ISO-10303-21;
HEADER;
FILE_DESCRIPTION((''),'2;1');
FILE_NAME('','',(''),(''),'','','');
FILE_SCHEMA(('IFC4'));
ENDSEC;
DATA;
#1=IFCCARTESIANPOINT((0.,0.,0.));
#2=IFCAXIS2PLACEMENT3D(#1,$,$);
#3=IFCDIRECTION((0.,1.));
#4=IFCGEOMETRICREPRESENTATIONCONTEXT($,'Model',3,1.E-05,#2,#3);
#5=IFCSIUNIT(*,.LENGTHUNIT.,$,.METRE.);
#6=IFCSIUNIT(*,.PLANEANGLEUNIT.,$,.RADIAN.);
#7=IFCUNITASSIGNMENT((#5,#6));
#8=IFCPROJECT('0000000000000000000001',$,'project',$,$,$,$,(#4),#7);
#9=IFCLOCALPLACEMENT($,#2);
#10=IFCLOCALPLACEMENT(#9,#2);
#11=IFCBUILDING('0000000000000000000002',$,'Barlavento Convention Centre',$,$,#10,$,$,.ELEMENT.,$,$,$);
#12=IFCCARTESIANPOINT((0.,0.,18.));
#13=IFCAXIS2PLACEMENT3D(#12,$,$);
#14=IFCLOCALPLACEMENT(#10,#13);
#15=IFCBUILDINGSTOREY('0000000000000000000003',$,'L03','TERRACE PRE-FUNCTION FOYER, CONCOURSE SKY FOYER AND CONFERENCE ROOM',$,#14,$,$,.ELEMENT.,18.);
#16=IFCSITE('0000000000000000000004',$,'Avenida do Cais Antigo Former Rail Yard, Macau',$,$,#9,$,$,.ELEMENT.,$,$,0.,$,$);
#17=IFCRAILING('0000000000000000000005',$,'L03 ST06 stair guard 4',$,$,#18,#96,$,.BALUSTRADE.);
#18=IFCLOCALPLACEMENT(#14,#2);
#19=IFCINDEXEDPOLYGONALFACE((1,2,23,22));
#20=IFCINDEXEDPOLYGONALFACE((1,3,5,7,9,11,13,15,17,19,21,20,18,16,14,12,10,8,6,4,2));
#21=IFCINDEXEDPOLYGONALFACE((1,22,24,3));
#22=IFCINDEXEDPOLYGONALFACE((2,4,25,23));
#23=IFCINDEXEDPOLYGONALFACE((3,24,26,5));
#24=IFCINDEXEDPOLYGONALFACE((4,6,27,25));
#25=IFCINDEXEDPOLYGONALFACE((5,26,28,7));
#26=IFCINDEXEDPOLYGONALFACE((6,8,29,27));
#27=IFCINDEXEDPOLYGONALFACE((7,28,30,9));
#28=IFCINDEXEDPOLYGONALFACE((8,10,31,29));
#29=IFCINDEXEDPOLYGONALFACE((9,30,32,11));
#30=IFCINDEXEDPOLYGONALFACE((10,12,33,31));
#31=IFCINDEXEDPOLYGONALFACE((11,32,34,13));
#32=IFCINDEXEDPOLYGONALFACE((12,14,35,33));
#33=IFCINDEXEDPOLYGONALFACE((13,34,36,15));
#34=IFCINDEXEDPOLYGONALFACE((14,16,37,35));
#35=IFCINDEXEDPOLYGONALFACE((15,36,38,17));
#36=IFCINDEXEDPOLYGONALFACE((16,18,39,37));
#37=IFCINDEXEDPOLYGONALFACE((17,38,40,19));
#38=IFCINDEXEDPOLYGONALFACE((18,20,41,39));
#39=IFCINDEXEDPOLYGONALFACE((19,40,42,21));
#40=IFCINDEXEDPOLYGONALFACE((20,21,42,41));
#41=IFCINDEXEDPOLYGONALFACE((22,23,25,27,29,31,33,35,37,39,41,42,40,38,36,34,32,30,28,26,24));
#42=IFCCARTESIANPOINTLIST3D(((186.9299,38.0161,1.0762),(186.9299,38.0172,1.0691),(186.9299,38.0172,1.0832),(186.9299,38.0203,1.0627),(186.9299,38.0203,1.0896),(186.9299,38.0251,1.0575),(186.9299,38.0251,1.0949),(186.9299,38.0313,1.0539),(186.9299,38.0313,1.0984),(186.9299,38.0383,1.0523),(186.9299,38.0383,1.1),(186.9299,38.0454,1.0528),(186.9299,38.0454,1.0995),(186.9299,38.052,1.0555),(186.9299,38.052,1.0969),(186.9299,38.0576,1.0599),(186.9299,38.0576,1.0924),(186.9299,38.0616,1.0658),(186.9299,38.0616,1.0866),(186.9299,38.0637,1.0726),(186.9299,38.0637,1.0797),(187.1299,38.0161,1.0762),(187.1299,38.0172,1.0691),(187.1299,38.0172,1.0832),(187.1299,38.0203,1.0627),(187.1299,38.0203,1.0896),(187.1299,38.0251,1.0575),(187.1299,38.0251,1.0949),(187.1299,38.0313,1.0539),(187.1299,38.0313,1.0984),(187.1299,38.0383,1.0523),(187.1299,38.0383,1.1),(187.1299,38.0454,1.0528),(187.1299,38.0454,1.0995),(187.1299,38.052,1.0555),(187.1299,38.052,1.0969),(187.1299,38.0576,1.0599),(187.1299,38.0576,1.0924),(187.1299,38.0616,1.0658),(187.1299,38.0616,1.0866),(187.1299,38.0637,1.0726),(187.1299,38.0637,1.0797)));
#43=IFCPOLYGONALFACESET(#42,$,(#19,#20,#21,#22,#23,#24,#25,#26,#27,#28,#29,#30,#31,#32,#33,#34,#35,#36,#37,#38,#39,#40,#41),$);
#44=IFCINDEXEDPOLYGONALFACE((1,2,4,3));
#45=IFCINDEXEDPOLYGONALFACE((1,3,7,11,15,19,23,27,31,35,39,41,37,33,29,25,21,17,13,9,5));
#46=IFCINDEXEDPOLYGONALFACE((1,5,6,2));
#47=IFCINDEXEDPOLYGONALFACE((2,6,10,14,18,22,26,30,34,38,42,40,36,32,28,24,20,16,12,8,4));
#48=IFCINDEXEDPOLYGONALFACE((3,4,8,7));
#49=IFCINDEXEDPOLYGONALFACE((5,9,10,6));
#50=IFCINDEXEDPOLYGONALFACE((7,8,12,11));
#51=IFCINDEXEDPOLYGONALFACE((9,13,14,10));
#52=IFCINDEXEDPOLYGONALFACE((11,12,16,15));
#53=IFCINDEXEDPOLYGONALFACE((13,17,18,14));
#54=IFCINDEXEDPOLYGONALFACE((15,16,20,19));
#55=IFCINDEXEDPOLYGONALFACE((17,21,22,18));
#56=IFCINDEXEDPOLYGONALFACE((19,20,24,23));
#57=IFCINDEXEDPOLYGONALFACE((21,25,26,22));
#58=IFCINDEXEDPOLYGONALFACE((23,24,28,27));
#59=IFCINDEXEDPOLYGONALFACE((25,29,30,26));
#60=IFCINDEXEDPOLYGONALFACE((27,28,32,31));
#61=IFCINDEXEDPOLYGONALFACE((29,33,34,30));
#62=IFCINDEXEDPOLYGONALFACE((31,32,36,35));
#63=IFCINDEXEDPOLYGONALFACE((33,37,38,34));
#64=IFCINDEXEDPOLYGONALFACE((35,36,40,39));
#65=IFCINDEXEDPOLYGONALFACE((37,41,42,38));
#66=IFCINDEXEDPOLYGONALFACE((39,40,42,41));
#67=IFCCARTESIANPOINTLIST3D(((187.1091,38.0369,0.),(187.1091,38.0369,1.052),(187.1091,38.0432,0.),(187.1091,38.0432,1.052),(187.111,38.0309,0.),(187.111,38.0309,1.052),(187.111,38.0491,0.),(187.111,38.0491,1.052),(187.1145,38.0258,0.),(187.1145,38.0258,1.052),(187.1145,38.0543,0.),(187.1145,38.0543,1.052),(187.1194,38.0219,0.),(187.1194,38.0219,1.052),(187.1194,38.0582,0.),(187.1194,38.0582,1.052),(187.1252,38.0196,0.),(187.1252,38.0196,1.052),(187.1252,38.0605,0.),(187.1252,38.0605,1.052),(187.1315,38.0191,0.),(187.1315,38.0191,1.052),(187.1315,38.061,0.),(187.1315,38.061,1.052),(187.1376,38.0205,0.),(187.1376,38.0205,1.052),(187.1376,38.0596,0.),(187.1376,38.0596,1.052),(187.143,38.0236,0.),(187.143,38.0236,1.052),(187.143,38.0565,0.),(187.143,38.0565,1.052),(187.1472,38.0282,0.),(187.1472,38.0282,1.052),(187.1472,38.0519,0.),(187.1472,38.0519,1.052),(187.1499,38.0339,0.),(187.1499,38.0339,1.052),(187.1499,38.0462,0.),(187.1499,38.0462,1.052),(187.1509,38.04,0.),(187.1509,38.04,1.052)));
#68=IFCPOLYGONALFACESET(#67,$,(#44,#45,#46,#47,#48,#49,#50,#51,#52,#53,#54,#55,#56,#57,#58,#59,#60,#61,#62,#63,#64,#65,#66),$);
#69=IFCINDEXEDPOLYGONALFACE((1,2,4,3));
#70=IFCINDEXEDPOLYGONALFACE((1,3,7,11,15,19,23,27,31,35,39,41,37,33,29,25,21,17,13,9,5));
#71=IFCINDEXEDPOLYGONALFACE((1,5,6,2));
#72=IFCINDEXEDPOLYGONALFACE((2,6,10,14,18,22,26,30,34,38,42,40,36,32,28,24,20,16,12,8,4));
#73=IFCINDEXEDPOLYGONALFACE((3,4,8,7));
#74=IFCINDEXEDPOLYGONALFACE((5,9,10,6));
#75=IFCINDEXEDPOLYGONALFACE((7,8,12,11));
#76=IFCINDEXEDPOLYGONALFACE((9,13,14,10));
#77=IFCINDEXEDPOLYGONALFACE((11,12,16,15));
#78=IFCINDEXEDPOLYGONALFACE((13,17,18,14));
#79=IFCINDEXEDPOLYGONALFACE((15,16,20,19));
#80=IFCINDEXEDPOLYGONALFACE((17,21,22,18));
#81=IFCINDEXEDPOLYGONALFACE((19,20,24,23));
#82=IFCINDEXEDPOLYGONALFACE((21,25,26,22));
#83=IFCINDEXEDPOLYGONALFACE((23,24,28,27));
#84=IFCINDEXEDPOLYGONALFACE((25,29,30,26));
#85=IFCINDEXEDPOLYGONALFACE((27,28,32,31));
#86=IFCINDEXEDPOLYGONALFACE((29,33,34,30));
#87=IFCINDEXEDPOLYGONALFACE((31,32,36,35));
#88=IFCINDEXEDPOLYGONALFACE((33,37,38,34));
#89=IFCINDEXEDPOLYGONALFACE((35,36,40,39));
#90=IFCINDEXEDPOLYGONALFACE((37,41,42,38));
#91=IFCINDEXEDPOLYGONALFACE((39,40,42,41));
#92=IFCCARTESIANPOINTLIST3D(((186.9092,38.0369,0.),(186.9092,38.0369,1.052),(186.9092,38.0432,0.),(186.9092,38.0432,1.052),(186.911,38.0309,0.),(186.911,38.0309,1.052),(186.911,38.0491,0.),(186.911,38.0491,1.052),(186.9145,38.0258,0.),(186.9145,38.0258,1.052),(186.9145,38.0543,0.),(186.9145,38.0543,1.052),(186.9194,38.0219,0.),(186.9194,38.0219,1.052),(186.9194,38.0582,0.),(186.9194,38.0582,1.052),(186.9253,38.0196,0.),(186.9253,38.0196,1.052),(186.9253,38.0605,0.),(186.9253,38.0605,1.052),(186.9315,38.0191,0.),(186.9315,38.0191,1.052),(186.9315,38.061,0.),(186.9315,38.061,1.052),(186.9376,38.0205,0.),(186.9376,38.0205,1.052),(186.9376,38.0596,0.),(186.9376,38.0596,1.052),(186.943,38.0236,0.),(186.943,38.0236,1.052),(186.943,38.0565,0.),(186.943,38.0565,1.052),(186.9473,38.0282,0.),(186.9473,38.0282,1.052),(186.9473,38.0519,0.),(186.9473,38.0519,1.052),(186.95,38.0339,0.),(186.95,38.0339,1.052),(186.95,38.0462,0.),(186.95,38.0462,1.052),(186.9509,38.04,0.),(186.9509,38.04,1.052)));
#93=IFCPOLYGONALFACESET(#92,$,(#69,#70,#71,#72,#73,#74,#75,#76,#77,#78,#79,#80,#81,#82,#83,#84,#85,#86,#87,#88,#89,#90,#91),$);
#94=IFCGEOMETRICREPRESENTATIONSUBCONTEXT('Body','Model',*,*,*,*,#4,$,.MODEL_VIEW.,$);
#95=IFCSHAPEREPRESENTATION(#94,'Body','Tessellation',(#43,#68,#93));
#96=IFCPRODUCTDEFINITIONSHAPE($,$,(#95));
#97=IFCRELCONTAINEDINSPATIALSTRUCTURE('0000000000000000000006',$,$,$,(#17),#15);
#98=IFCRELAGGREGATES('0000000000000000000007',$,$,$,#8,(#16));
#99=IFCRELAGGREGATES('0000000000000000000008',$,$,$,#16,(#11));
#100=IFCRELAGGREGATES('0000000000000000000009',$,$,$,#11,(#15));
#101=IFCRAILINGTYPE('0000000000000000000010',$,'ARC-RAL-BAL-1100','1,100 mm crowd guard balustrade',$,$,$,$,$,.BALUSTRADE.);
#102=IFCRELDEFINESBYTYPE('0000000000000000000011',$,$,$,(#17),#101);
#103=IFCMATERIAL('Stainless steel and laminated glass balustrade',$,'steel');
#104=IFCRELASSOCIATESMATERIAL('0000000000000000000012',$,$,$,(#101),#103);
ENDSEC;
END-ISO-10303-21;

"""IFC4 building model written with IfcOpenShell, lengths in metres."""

from ifc_helpers import new_model, si_unit, direction, frame, origin, origin_2d, place, context, subcontext, project, spatial, circle, extrude, material, type_object, element, save


model = new_model("IFC4")

# Units and contexts
model_context = context("Model", 3, precision=1e-05, world=origin(), true_north=direction((0.0, 1.0)))
body_context = subcontext(model_context, "Body", "Model", "MODEL_VIEW")
ifc_project = project(units=[si_unit("LENGTHUNIT", "METRE"), si_unit("PLANEANGLEUNIT", "RADIAN")], contexts=[model_context])

# Site, building, storey
site_placement = place(None, origin())
site = spatial("IfcSite", under=ifc_project, at=site_placement, Name="Avenida do Cais Antigo Former Rail Yard, Macau", CompositionType="ELEMENT", RefElevation=0.0)
building_placement = place(site_placement, origin())
building = spatial("IfcBuilding", under=site, at=building_placement, Name="Barlavento Convention Centre", CompositionType="ELEMENT")
storey_placement = place(building_placement, frame((0.0, 0.0, 18.0)))
storey = spatial("IfcBuildingStorey", under=building, at=storey_placement, Name="L03", Description="TERRACE PRE-FUNCTION FOYER, CONCOURSE SKY FOYER AND CONFERENCE ROOM", CompositionType="ELEMENT", Elevation=18.0)

# Railing
ifc_material_1 = material(Name="Stainless steel and laminated glass balustrade", Category="steel")
railing_type_1 = type_object("IfcRailingType", Name="ARC-RAL-BAL-1100", Description="1,100 mm crowd guard balustrade", PredefinedType="BALUSTRADE", material=ifc_material_1)
railing_1_placement = place(storey_placement, frame((187.1299, 38.04, 0.0)))
element("IfcRailing", 1, at=railing_1_placement, inside=storey, type_object=railing_type_1, Name="L03 ST06 stair guard 4", PredefinedType="BALUSTRADE", context=body_context, shape_type="SweptSolid", body=[
    extrude(circle(Radius=0.0239, at=origin_2d()), frame((0.0, 0.0, 1.0762), z_axis=(-1.0, 0.0, 0.0), x_axis=(0.0, -1.0, 0.0)), (0.0, 0.0, 1.0), 0.2),
    extrude(circle(Radius=0.021, at=origin_2d()), origin(), (0.0, 0.0, 1.0), 1.052),
    extrude(circle(Radius=0.021, at=origin_2d()), frame((-0.2, 0.0, 0.0)), (0.0, 0.0, 1.0), 1.052),
])

save(model, "model.ifc")
